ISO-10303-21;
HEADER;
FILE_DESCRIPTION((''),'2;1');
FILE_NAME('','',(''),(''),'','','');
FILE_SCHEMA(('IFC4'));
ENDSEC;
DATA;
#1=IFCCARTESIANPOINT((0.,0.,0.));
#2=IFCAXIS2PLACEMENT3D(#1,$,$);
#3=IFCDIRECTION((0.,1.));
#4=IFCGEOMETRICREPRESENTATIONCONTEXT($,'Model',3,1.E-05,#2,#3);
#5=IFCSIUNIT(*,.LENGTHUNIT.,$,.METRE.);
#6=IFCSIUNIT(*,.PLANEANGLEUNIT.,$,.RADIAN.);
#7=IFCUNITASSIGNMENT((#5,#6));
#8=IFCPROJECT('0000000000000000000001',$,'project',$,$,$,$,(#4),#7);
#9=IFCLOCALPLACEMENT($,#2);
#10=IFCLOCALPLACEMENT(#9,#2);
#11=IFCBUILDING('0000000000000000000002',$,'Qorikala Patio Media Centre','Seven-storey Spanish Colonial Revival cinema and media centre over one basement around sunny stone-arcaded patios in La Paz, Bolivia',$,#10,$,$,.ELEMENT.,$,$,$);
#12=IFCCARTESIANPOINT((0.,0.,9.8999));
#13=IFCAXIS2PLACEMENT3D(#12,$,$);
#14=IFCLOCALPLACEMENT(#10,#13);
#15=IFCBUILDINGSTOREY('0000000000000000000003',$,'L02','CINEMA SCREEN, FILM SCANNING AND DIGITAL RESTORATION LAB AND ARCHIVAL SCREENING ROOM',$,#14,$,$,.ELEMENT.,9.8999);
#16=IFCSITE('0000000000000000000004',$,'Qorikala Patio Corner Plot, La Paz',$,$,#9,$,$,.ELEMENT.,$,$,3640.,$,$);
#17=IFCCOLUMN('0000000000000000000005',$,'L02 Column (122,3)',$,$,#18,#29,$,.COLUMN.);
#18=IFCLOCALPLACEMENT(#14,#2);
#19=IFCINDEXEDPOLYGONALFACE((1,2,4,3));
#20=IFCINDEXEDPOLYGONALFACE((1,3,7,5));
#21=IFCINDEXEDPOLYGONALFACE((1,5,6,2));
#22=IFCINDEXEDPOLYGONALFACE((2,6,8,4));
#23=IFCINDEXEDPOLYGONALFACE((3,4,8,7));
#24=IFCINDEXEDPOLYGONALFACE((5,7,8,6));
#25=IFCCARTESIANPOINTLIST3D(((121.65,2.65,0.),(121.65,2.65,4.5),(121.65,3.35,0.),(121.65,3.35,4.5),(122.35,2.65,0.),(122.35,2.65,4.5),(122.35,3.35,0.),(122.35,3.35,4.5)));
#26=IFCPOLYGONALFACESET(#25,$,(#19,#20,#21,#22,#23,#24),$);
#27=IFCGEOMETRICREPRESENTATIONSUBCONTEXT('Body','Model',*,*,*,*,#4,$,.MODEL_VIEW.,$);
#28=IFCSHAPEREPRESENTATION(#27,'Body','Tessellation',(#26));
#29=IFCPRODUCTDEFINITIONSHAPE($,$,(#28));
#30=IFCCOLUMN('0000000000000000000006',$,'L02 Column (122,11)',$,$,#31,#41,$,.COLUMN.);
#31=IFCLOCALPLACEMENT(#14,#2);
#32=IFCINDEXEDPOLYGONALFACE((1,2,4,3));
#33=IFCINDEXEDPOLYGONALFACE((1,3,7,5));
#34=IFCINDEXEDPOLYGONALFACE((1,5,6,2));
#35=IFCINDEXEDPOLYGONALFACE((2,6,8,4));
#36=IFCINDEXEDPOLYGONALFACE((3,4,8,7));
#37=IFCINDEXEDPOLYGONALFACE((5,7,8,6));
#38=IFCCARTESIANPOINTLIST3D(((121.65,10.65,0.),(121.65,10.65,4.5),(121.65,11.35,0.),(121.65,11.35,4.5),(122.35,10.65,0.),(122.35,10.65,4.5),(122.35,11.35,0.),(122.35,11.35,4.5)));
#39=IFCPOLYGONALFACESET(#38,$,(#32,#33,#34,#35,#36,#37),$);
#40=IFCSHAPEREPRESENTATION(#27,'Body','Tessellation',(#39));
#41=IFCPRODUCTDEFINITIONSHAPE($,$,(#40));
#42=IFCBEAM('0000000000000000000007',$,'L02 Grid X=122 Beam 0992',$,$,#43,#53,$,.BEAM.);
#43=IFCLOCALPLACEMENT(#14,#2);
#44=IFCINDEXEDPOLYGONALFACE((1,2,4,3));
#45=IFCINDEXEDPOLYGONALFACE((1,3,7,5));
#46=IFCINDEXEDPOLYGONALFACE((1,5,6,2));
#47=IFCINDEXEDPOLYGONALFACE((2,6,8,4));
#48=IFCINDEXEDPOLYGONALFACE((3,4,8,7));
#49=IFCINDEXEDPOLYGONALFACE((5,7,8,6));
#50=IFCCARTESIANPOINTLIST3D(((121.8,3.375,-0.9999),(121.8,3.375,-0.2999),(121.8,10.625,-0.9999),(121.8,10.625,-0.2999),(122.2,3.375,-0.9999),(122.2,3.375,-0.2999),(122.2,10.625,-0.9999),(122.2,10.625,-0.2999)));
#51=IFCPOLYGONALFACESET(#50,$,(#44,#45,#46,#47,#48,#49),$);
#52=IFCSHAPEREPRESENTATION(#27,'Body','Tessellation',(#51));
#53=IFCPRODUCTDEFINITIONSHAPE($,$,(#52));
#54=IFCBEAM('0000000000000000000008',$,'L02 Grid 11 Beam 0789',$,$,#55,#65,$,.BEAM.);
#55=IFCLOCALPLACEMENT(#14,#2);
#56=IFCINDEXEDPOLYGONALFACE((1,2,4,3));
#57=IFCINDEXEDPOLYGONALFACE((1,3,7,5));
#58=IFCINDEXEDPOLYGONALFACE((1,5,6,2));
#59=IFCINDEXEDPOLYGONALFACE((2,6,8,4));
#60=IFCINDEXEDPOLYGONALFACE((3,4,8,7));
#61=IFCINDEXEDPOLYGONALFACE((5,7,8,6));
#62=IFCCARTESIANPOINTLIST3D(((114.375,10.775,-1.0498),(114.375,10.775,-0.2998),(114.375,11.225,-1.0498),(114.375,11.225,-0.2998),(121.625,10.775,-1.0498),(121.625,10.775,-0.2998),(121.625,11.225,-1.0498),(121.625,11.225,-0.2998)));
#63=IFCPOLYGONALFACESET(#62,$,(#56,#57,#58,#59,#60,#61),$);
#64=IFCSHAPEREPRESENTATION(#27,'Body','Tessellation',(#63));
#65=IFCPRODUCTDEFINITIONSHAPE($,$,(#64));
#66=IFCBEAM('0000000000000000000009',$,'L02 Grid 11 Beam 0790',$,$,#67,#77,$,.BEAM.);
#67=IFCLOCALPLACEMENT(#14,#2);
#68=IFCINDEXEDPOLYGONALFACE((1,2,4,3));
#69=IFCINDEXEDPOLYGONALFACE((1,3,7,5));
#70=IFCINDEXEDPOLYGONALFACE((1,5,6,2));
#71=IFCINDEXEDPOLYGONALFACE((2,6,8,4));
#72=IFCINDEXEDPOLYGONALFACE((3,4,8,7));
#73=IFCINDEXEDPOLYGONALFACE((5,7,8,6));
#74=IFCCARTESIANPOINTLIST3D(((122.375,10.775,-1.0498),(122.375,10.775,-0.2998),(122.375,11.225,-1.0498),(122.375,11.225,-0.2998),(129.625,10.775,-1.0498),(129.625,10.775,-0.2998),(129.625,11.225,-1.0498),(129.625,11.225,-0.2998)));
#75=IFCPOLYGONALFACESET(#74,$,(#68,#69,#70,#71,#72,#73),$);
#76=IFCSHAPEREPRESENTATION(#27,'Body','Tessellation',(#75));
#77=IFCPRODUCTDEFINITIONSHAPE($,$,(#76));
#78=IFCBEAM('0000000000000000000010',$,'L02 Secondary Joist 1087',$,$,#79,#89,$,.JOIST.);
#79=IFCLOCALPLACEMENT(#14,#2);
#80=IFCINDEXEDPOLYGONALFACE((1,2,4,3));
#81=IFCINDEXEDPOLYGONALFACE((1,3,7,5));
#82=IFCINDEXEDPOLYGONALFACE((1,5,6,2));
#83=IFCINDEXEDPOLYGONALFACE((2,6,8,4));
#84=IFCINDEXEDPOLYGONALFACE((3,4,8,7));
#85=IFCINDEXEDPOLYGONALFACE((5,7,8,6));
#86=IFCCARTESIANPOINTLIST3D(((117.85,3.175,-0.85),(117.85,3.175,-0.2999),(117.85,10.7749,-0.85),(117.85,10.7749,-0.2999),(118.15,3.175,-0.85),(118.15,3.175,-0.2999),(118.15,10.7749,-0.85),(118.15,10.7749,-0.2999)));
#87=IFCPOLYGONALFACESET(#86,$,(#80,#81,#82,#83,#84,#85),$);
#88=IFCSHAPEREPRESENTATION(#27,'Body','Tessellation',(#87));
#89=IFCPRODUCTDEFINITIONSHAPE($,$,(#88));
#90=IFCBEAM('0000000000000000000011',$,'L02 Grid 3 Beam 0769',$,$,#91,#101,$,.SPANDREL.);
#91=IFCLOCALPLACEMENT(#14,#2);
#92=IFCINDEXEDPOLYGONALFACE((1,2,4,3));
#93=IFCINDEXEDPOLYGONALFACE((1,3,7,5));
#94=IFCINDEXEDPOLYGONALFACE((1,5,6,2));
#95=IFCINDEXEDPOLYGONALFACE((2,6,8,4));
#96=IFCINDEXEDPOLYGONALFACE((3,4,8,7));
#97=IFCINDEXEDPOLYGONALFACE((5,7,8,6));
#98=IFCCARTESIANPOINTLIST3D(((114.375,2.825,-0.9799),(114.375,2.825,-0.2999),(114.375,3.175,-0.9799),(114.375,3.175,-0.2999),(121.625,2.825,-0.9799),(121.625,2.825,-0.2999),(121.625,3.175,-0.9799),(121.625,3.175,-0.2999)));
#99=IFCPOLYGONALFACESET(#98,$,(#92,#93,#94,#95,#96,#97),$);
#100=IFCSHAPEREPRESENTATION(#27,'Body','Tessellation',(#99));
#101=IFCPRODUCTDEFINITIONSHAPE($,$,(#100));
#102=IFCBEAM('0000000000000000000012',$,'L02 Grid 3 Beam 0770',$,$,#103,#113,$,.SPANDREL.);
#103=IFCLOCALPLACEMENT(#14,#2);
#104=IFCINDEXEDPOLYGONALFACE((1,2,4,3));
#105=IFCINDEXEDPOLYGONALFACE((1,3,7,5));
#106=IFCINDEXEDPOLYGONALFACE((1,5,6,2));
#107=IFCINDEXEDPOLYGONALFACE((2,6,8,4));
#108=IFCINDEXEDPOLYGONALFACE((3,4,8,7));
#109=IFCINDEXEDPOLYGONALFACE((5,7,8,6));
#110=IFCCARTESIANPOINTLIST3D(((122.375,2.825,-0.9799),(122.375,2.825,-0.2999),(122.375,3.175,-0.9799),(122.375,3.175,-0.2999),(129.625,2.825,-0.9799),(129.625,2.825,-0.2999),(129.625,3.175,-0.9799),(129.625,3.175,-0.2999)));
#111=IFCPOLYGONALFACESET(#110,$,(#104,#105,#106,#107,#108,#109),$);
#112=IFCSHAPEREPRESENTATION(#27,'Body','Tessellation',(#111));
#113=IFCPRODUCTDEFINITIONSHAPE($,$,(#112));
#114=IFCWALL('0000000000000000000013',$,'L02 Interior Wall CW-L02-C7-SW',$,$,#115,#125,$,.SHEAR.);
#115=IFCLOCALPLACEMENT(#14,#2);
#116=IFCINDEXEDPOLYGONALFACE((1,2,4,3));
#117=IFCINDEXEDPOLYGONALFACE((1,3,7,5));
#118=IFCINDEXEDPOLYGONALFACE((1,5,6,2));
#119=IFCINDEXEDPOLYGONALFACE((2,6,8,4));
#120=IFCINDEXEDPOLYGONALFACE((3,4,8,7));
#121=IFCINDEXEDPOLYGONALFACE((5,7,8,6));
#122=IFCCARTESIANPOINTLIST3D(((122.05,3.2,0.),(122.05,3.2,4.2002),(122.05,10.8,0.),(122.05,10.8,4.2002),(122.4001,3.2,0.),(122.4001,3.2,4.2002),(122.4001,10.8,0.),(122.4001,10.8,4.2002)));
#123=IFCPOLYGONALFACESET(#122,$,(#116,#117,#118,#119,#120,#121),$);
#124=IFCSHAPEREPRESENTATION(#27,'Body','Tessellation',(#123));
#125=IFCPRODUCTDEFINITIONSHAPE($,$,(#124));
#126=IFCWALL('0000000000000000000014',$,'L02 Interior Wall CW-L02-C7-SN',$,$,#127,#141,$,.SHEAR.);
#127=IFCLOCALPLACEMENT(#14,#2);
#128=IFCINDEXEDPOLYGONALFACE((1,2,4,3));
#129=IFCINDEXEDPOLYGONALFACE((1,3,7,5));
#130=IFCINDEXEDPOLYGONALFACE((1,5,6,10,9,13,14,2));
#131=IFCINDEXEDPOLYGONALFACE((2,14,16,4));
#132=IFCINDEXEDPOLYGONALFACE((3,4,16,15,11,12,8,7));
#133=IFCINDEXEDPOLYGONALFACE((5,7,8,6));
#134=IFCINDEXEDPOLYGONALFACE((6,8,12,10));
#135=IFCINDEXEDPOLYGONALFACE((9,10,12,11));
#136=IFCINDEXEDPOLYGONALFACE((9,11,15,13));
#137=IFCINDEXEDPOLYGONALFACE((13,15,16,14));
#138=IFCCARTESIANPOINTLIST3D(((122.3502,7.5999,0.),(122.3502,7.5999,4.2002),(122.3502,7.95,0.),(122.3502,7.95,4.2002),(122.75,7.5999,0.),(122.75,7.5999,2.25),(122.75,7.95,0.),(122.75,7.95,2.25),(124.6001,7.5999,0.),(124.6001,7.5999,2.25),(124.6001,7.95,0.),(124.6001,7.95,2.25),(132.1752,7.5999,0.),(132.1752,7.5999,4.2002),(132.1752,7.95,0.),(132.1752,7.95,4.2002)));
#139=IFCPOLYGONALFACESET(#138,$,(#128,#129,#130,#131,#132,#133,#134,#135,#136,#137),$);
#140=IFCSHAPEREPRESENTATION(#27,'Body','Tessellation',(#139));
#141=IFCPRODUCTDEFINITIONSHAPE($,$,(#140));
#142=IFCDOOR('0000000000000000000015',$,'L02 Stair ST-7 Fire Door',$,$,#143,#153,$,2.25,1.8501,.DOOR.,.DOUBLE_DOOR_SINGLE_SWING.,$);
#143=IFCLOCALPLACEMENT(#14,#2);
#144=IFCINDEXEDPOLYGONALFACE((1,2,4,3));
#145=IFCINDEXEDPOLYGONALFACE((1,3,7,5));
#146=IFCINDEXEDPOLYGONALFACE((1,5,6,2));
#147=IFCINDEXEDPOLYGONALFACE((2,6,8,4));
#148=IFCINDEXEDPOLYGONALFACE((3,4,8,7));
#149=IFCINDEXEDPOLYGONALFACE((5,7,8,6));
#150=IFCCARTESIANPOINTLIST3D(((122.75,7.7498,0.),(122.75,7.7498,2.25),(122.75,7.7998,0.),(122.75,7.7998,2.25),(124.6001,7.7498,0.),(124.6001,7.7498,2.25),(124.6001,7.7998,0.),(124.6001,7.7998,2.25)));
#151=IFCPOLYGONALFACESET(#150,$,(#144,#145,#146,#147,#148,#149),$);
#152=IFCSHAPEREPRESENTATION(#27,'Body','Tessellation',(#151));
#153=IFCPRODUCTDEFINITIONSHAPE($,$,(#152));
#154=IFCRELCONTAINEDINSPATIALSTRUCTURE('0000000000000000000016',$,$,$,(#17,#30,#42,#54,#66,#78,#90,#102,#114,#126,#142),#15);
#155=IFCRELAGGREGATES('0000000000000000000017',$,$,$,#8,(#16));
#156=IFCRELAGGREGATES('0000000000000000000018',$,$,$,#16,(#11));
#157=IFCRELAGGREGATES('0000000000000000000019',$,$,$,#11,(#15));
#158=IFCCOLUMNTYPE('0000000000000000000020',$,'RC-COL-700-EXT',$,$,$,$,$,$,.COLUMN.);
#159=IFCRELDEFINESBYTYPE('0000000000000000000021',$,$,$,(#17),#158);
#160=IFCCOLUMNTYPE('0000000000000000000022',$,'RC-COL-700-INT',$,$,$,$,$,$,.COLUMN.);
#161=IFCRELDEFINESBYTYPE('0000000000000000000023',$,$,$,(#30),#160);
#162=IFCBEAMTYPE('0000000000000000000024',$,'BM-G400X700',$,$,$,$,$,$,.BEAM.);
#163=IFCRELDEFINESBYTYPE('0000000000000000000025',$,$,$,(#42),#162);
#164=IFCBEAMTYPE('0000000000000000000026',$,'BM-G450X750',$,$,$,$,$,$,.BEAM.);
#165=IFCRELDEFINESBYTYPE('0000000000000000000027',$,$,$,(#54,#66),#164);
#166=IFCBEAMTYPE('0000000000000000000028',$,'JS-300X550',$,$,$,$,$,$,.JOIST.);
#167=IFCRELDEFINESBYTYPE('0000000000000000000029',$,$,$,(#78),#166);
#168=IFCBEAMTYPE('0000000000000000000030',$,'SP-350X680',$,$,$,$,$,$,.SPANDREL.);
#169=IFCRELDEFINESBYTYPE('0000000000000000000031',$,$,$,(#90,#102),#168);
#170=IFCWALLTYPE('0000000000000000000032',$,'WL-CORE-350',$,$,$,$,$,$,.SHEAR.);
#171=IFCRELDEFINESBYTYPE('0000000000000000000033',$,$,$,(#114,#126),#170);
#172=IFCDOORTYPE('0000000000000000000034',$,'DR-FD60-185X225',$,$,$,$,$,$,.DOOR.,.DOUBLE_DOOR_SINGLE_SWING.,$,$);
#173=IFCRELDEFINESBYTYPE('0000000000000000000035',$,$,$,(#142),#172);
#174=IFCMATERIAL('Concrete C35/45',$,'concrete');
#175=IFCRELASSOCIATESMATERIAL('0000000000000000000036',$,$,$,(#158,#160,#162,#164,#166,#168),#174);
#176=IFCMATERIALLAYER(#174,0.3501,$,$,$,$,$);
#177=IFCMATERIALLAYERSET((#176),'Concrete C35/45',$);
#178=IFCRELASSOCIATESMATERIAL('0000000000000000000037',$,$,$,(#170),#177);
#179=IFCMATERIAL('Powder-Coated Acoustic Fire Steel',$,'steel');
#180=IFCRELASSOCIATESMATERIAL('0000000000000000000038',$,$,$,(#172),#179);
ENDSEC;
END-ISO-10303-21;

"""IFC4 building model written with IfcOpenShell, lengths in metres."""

from ifc_helpers import new_model, si_unit, direction, frame, frame_2d, origin, origin_2d, place, context, subcontext, project, spatial, rectangle, extrude, material, layer, layer_set, material_profile, profile_set, type_object, element, fill, save


model = new_model("IFC4")

# Units and contexts
model_context = context("Model", 3, precision=1e-05, world=origin(), true_north=direction((0.0, 1.0)))
body_context = subcontext(model_context, "Body", "Model", "MODEL_VIEW")
ifc_project = project(units=[si_unit("LENGTHUNIT", "METRE"), si_unit("PLANEANGLEUNIT", "RADIAN")], contexts=[model_context])

# Site, building, storey
site_placement = place(None, origin())
site = spatial("IfcSite", under=ifc_project, at=site_placement, Name="Qorikala Patio Corner Plot, La Paz", CompositionType="ELEMENT", RefElevation=3640.0)
building_placement = place(site_placement, origin())
building = spatial("IfcBuilding", under=site, at=building_placement, Name="Qorikala Patio Media Centre", Description="Seven-storey Spanish Colonial Revival cinema and media centre over one basement around sunny stone-arcaded patios in La Paz, Bolivia", CompositionType="ELEMENT")
storey_placement = place(building_placement, frame((0.0, 0.0, 9.8999)))
storey = spatial("IfcBuildingStorey", under=building, at=storey_placement, Name="L02", Description="CINEMA SCREEN, FILM SCANNING AND DIGITAL RESTORATION LAB AND ARCHIVAL SCREENING ROOM", CompositionType="ELEMENT", Elevation=9.8999)

# Columns
ifc_material_1 = material(Name="Concrete C35/45", Category="concrete")
ifc_material_profile_1 = material_profile(ifc_material_1, rectangle(XDim=0.7, YDim=0.7, at=origin_2d()), Name="RC 700x700")
ifc_profile_set_1 = profile_set([ifc_material_profile_1], Name="Concrete C35/45")
column_type_1 = type_object("IfcColumnType", Name="RC-COL-700-EXT", PredefinedType="COLUMN", material=ifc_profile_set_1)
column_1_placement = place(storey_placement, frame((122.0, 3.0, 0.0), z_axis=(0.0, 0.0, 1.0), x_axis=(1.0, 0.0, 0.0)))
element("IfcColumn", 1, at=column_1_placement, inside=storey, type_object=column_type_1, Name="L02 Column (122,3)", PredefinedType="COLUMN", context=body_context, shape_type="SweptSolid", body=[
    extrude(rectangle(XDim=0.7, YDim=0.7, at=origin_2d()), origin(), (0.0, 0.0, 1.0), 4.5),
])
ifc_material_profile_2 = material_profile(ifc_material_1, rectangle(XDim=0.7, YDim=0.7, at=origin_2d()), Name="RC 700x700")
ifc_profile_set_2 = profile_set([ifc_material_profile_2], Name="Concrete C35/45")
column_type_2 = type_object("IfcColumnType", Name="RC-COL-700-INT", PredefinedType="COLUMN", material=ifc_profile_set_2)
column_2_placement = place(storey_placement, frame((122.0, 11.0, 0.0), z_axis=(0.0, 0.0, 1.0), x_axis=(1.0, 0.0, 0.0)))
element("IfcColumn", 2, at=column_2_placement, inside=storey, type_object=column_type_2, Name="L02 Column (122,11)", PredefinedType="COLUMN", context=body_context, shape_type="SweptSolid", body=[
    extrude(rectangle(XDim=0.7, YDim=0.7, at=origin_2d()), origin(), (0.0, 0.0, 1.0), 4.5),
])

# Beams
ifc_material_profile_3 = material_profile(ifc_material_1, rectangle(XDim=0.3999, YDim=0.7, at=origin_2d()), Name="RC 400x700")
ifc_profile_set_3 = profile_set([ifc_material_profile_3], Name="Concrete C35/45")
beam_type_1 = type_object("IfcBeamType", Name="BM-G400X700", PredefinedType="BEAM", material=ifc_profile_set_3)
beam_1_placement = place(storey_placement, frame((122.0, 3.375, -0.6499), z_axis=(0.0, 1.0, 0.0), x_axis=(-1.0, 0.0, 0.0)))
element("IfcBeam", 3, at=beam_1_placement, inside=storey, type_object=beam_type_1, Name="L02 Grid X=122 Beam 0992", PredefinedType="BEAM", context=body_context, shape_type="SweptSolid", body=[
    extrude(rectangle(XDim=0.3999, YDim=0.7, at=origin_2d()), origin(), (0.0, 0.0, 1.0), 7.25),
])
ifc_material_profile_4 = material_profile(ifc_material_1, rectangle(XDim=0.45, YDim=0.75, at=origin_2d()), Name="RC 450x750")
ifc_profile_set_4 = profile_set([ifc_material_profile_4], Name="Concrete C35/45")
beam_type_2 = type_object("IfcBeamType", Name="BM-G450X750", PredefinedType="BEAM", material=ifc_profile_set_4)
for number, where, z_axis, x_axis, name in (
    (4, (114.375, 11.0, -0.6748), (1.0, 0.0, 0.0), (0.0, 1.0, 0.0), "L02 Grid 11 Beam 0789"),
    (5, (122.375, 11.0, -0.6748), (1.0, 0.0, 0.0), (0.0, 1.0, 0.0), "L02 Grid 11 Beam 0790"),
):
    element("IfcBeam", number, at=place(storey_placement, frame(where, z_axis=z_axis, x_axis=x_axis)), inside=storey, type_object=beam_type_2, Name=name, PredefinedType="BEAM", context=body_context, shape_type="SweptSolid", body=[
        extrude(rectangle(XDim=0.45, YDim=0.75, at=origin_2d()), origin(), (0.0, 0.0, 1.0), 7.25),
    ])
ifc_material_profile_5 = material_profile(ifc_material_1, rectangle(XDim=0.3, YDim=0.55, at=origin_2d()), Name="RC 300x550")
ifc_profile_set_5 = profile_set([ifc_material_profile_5], Name="Concrete C35/45")
beam_type_3 = type_object("IfcBeamType", Name="JS-300X550", PredefinedType="JOIST", material=ifc_profile_set_5)
beam_2_placement = place(storey_placement, frame((118.0, 3.175, -0.575), z_axis=(0.0, 1.0, 0.0), x_axis=(-1.0, 0.0, 0.0)))
element("IfcBeam", 6, at=beam_2_placement, inside=storey, type_object=beam_type_3, Name="L02 Secondary Joist 1087", PredefinedType="JOIST", context=body_context, shape_type="SweptSolid", body=[
    extrude(rectangle(XDim=0.3, YDim=0.55, at=origin_2d()), origin(), (0.0, 0.0, 1.0), 7.5999),
])
ifc_material_profile_6 = material_profile(ifc_material_1, rectangle(XDim=0.3501, YDim=0.6799, at=origin_2d()), Name="RC 350x680")
ifc_profile_set_6 = profile_set([ifc_material_profile_6], Name="Concrete C35/45")
beam_type_4 = type_object("IfcBeamType", Name="SP-350X680", PredefinedType="SPANDREL", material=ifc_profile_set_6)
for number, where, z_axis, x_axis, name in (
    (7, (114.375, 3.0, -0.6399), (1.0, 0.0, 0.0), (0.0, 1.0, 0.0), "L02 Grid 3 Beam 0769"),
    (8, (122.375, 3.0, -0.6399), (1.0, 0.0, 0.0), (0.0, 1.0, 0.0), "L02 Grid 3 Beam 0770"),
):
    element("IfcBeam", number, at=place(storey_placement, frame(where, z_axis=z_axis, x_axis=x_axis)), inside=storey, type_object=beam_type_4, Name=name, PredefinedType="SPANDREL", context=body_context, shape_type="SweptSolid", body=[
        extrude(rectangle(XDim=0.3501, YDim=0.6799, at=origin_2d()), origin(), (0.0, 0.0, 1.0), 7.25),
    ])

# Wall
ifc_layer_1 = layer(ifc_material_1, 0.3501)
ifc_layer_set_1 = layer_set([ifc_layer_1], Name="Concrete C35/45")
wall_type_1 = type_object("IfcWallType", Name="WL-CORE-350", PredefinedType="SHEAR", material=ifc_layer_set_1)
wall_1_placement = place(storey_placement, frame((122.2251, 3.2, 0.0), z_axis=(0.0, 0.0, 1.0), x_axis=(0.0, 1.0, 0.0)))
element("IfcWall", 9, at=wall_1_placement, inside=storey, type_object=wall_type_1, Name="L02 Interior Wall CW-L02-C7-SW", PredefinedType="SHEAR", context=body_context, shape_type="SweptSolid", body=[
    extrude(rectangle(XDim=7.6001, YDim=0.3501, at=frame_2d((3.8, 0.0))), origin(), (0.0, 0.0, 1.0), 4.2002),
])

# Wall, opening, door
wall_2_placement = place(storey_placement, frame((122.3501, 7.7749, 0.0), z_axis=(0.0, 0.0, 1.0), x_axis=(1.0, 0.0, 0.0)))
wall_2 = element("IfcWall", 10, at=wall_2_placement, inside=storey, type_object=wall_type_1, Name="L02 Interior Wall CW-L02-C7-SN", PredefinedType="SHEAR", context=body_context, shape_type="SweptSolid", body=[
    extrude(rectangle(XDim=9.825, YDim=0.3501, at=frame_2d((4.9126, 0.0))), origin(), (0.0, 0.0, 1.0), 4.2002),
])
opening_1_placement = place(wall_2_placement, frame((0.3999, 0.0, 0.0)))
opening_1 = element("IfcOpeningElement", 11, at=opening_1_placement, cuts=wall_2, PredefinedType="OPENING", context=body_context, shape_type="SweptSolid", body=[
    extrude(rectangle(XDim=1.8501, YDim=2.25, at=frame_2d((0.925, 1.125))), frame((0.0, 0.1851, 0.0), z_axis=(0.0, -1.0, 0.0), x_axis=(1.0, 0.0, 0.0)), (0.0, 0.0, 1.0), 0.3701),
])
ifc_material_2 = material(Name="Powder-Coated Acoustic Fire Steel", Category="steel")
door_type = type_object("IfcDoorType", Name="DR-FD60-185X225", OperationType="DOUBLE_DOOR_SINGLE_SWING", PredefinedType="DOOR", material=ifc_material_2)
door_placement = place(opening_1_placement, origin())
door = element("IfcDoor", 12, at=door_placement, inside=storey, type_object=door_type, Name="L02 Stair ST-7 Fire Door", OperationType="DOUBLE_DOOR_SINGLE_SWING", OverallHeight=2.25, OverallWidth=1.8501, PredefinedType="DOOR", context=body_context, shape_type="SweptSolid", body=[
    extrude(rectangle(XDim=1.8501, YDim=2.25, at=frame_2d((0.925, 1.125))), frame((0.0, 0.0249, 0.0), z_axis=(0.0, -1.0, 0.0), x_axis=(1.0, 0.0, 0.0)), (0.0, 0.0, 1.0), 0.05),
])
fill(opening_1, door)

save(model, "model.ifc")
